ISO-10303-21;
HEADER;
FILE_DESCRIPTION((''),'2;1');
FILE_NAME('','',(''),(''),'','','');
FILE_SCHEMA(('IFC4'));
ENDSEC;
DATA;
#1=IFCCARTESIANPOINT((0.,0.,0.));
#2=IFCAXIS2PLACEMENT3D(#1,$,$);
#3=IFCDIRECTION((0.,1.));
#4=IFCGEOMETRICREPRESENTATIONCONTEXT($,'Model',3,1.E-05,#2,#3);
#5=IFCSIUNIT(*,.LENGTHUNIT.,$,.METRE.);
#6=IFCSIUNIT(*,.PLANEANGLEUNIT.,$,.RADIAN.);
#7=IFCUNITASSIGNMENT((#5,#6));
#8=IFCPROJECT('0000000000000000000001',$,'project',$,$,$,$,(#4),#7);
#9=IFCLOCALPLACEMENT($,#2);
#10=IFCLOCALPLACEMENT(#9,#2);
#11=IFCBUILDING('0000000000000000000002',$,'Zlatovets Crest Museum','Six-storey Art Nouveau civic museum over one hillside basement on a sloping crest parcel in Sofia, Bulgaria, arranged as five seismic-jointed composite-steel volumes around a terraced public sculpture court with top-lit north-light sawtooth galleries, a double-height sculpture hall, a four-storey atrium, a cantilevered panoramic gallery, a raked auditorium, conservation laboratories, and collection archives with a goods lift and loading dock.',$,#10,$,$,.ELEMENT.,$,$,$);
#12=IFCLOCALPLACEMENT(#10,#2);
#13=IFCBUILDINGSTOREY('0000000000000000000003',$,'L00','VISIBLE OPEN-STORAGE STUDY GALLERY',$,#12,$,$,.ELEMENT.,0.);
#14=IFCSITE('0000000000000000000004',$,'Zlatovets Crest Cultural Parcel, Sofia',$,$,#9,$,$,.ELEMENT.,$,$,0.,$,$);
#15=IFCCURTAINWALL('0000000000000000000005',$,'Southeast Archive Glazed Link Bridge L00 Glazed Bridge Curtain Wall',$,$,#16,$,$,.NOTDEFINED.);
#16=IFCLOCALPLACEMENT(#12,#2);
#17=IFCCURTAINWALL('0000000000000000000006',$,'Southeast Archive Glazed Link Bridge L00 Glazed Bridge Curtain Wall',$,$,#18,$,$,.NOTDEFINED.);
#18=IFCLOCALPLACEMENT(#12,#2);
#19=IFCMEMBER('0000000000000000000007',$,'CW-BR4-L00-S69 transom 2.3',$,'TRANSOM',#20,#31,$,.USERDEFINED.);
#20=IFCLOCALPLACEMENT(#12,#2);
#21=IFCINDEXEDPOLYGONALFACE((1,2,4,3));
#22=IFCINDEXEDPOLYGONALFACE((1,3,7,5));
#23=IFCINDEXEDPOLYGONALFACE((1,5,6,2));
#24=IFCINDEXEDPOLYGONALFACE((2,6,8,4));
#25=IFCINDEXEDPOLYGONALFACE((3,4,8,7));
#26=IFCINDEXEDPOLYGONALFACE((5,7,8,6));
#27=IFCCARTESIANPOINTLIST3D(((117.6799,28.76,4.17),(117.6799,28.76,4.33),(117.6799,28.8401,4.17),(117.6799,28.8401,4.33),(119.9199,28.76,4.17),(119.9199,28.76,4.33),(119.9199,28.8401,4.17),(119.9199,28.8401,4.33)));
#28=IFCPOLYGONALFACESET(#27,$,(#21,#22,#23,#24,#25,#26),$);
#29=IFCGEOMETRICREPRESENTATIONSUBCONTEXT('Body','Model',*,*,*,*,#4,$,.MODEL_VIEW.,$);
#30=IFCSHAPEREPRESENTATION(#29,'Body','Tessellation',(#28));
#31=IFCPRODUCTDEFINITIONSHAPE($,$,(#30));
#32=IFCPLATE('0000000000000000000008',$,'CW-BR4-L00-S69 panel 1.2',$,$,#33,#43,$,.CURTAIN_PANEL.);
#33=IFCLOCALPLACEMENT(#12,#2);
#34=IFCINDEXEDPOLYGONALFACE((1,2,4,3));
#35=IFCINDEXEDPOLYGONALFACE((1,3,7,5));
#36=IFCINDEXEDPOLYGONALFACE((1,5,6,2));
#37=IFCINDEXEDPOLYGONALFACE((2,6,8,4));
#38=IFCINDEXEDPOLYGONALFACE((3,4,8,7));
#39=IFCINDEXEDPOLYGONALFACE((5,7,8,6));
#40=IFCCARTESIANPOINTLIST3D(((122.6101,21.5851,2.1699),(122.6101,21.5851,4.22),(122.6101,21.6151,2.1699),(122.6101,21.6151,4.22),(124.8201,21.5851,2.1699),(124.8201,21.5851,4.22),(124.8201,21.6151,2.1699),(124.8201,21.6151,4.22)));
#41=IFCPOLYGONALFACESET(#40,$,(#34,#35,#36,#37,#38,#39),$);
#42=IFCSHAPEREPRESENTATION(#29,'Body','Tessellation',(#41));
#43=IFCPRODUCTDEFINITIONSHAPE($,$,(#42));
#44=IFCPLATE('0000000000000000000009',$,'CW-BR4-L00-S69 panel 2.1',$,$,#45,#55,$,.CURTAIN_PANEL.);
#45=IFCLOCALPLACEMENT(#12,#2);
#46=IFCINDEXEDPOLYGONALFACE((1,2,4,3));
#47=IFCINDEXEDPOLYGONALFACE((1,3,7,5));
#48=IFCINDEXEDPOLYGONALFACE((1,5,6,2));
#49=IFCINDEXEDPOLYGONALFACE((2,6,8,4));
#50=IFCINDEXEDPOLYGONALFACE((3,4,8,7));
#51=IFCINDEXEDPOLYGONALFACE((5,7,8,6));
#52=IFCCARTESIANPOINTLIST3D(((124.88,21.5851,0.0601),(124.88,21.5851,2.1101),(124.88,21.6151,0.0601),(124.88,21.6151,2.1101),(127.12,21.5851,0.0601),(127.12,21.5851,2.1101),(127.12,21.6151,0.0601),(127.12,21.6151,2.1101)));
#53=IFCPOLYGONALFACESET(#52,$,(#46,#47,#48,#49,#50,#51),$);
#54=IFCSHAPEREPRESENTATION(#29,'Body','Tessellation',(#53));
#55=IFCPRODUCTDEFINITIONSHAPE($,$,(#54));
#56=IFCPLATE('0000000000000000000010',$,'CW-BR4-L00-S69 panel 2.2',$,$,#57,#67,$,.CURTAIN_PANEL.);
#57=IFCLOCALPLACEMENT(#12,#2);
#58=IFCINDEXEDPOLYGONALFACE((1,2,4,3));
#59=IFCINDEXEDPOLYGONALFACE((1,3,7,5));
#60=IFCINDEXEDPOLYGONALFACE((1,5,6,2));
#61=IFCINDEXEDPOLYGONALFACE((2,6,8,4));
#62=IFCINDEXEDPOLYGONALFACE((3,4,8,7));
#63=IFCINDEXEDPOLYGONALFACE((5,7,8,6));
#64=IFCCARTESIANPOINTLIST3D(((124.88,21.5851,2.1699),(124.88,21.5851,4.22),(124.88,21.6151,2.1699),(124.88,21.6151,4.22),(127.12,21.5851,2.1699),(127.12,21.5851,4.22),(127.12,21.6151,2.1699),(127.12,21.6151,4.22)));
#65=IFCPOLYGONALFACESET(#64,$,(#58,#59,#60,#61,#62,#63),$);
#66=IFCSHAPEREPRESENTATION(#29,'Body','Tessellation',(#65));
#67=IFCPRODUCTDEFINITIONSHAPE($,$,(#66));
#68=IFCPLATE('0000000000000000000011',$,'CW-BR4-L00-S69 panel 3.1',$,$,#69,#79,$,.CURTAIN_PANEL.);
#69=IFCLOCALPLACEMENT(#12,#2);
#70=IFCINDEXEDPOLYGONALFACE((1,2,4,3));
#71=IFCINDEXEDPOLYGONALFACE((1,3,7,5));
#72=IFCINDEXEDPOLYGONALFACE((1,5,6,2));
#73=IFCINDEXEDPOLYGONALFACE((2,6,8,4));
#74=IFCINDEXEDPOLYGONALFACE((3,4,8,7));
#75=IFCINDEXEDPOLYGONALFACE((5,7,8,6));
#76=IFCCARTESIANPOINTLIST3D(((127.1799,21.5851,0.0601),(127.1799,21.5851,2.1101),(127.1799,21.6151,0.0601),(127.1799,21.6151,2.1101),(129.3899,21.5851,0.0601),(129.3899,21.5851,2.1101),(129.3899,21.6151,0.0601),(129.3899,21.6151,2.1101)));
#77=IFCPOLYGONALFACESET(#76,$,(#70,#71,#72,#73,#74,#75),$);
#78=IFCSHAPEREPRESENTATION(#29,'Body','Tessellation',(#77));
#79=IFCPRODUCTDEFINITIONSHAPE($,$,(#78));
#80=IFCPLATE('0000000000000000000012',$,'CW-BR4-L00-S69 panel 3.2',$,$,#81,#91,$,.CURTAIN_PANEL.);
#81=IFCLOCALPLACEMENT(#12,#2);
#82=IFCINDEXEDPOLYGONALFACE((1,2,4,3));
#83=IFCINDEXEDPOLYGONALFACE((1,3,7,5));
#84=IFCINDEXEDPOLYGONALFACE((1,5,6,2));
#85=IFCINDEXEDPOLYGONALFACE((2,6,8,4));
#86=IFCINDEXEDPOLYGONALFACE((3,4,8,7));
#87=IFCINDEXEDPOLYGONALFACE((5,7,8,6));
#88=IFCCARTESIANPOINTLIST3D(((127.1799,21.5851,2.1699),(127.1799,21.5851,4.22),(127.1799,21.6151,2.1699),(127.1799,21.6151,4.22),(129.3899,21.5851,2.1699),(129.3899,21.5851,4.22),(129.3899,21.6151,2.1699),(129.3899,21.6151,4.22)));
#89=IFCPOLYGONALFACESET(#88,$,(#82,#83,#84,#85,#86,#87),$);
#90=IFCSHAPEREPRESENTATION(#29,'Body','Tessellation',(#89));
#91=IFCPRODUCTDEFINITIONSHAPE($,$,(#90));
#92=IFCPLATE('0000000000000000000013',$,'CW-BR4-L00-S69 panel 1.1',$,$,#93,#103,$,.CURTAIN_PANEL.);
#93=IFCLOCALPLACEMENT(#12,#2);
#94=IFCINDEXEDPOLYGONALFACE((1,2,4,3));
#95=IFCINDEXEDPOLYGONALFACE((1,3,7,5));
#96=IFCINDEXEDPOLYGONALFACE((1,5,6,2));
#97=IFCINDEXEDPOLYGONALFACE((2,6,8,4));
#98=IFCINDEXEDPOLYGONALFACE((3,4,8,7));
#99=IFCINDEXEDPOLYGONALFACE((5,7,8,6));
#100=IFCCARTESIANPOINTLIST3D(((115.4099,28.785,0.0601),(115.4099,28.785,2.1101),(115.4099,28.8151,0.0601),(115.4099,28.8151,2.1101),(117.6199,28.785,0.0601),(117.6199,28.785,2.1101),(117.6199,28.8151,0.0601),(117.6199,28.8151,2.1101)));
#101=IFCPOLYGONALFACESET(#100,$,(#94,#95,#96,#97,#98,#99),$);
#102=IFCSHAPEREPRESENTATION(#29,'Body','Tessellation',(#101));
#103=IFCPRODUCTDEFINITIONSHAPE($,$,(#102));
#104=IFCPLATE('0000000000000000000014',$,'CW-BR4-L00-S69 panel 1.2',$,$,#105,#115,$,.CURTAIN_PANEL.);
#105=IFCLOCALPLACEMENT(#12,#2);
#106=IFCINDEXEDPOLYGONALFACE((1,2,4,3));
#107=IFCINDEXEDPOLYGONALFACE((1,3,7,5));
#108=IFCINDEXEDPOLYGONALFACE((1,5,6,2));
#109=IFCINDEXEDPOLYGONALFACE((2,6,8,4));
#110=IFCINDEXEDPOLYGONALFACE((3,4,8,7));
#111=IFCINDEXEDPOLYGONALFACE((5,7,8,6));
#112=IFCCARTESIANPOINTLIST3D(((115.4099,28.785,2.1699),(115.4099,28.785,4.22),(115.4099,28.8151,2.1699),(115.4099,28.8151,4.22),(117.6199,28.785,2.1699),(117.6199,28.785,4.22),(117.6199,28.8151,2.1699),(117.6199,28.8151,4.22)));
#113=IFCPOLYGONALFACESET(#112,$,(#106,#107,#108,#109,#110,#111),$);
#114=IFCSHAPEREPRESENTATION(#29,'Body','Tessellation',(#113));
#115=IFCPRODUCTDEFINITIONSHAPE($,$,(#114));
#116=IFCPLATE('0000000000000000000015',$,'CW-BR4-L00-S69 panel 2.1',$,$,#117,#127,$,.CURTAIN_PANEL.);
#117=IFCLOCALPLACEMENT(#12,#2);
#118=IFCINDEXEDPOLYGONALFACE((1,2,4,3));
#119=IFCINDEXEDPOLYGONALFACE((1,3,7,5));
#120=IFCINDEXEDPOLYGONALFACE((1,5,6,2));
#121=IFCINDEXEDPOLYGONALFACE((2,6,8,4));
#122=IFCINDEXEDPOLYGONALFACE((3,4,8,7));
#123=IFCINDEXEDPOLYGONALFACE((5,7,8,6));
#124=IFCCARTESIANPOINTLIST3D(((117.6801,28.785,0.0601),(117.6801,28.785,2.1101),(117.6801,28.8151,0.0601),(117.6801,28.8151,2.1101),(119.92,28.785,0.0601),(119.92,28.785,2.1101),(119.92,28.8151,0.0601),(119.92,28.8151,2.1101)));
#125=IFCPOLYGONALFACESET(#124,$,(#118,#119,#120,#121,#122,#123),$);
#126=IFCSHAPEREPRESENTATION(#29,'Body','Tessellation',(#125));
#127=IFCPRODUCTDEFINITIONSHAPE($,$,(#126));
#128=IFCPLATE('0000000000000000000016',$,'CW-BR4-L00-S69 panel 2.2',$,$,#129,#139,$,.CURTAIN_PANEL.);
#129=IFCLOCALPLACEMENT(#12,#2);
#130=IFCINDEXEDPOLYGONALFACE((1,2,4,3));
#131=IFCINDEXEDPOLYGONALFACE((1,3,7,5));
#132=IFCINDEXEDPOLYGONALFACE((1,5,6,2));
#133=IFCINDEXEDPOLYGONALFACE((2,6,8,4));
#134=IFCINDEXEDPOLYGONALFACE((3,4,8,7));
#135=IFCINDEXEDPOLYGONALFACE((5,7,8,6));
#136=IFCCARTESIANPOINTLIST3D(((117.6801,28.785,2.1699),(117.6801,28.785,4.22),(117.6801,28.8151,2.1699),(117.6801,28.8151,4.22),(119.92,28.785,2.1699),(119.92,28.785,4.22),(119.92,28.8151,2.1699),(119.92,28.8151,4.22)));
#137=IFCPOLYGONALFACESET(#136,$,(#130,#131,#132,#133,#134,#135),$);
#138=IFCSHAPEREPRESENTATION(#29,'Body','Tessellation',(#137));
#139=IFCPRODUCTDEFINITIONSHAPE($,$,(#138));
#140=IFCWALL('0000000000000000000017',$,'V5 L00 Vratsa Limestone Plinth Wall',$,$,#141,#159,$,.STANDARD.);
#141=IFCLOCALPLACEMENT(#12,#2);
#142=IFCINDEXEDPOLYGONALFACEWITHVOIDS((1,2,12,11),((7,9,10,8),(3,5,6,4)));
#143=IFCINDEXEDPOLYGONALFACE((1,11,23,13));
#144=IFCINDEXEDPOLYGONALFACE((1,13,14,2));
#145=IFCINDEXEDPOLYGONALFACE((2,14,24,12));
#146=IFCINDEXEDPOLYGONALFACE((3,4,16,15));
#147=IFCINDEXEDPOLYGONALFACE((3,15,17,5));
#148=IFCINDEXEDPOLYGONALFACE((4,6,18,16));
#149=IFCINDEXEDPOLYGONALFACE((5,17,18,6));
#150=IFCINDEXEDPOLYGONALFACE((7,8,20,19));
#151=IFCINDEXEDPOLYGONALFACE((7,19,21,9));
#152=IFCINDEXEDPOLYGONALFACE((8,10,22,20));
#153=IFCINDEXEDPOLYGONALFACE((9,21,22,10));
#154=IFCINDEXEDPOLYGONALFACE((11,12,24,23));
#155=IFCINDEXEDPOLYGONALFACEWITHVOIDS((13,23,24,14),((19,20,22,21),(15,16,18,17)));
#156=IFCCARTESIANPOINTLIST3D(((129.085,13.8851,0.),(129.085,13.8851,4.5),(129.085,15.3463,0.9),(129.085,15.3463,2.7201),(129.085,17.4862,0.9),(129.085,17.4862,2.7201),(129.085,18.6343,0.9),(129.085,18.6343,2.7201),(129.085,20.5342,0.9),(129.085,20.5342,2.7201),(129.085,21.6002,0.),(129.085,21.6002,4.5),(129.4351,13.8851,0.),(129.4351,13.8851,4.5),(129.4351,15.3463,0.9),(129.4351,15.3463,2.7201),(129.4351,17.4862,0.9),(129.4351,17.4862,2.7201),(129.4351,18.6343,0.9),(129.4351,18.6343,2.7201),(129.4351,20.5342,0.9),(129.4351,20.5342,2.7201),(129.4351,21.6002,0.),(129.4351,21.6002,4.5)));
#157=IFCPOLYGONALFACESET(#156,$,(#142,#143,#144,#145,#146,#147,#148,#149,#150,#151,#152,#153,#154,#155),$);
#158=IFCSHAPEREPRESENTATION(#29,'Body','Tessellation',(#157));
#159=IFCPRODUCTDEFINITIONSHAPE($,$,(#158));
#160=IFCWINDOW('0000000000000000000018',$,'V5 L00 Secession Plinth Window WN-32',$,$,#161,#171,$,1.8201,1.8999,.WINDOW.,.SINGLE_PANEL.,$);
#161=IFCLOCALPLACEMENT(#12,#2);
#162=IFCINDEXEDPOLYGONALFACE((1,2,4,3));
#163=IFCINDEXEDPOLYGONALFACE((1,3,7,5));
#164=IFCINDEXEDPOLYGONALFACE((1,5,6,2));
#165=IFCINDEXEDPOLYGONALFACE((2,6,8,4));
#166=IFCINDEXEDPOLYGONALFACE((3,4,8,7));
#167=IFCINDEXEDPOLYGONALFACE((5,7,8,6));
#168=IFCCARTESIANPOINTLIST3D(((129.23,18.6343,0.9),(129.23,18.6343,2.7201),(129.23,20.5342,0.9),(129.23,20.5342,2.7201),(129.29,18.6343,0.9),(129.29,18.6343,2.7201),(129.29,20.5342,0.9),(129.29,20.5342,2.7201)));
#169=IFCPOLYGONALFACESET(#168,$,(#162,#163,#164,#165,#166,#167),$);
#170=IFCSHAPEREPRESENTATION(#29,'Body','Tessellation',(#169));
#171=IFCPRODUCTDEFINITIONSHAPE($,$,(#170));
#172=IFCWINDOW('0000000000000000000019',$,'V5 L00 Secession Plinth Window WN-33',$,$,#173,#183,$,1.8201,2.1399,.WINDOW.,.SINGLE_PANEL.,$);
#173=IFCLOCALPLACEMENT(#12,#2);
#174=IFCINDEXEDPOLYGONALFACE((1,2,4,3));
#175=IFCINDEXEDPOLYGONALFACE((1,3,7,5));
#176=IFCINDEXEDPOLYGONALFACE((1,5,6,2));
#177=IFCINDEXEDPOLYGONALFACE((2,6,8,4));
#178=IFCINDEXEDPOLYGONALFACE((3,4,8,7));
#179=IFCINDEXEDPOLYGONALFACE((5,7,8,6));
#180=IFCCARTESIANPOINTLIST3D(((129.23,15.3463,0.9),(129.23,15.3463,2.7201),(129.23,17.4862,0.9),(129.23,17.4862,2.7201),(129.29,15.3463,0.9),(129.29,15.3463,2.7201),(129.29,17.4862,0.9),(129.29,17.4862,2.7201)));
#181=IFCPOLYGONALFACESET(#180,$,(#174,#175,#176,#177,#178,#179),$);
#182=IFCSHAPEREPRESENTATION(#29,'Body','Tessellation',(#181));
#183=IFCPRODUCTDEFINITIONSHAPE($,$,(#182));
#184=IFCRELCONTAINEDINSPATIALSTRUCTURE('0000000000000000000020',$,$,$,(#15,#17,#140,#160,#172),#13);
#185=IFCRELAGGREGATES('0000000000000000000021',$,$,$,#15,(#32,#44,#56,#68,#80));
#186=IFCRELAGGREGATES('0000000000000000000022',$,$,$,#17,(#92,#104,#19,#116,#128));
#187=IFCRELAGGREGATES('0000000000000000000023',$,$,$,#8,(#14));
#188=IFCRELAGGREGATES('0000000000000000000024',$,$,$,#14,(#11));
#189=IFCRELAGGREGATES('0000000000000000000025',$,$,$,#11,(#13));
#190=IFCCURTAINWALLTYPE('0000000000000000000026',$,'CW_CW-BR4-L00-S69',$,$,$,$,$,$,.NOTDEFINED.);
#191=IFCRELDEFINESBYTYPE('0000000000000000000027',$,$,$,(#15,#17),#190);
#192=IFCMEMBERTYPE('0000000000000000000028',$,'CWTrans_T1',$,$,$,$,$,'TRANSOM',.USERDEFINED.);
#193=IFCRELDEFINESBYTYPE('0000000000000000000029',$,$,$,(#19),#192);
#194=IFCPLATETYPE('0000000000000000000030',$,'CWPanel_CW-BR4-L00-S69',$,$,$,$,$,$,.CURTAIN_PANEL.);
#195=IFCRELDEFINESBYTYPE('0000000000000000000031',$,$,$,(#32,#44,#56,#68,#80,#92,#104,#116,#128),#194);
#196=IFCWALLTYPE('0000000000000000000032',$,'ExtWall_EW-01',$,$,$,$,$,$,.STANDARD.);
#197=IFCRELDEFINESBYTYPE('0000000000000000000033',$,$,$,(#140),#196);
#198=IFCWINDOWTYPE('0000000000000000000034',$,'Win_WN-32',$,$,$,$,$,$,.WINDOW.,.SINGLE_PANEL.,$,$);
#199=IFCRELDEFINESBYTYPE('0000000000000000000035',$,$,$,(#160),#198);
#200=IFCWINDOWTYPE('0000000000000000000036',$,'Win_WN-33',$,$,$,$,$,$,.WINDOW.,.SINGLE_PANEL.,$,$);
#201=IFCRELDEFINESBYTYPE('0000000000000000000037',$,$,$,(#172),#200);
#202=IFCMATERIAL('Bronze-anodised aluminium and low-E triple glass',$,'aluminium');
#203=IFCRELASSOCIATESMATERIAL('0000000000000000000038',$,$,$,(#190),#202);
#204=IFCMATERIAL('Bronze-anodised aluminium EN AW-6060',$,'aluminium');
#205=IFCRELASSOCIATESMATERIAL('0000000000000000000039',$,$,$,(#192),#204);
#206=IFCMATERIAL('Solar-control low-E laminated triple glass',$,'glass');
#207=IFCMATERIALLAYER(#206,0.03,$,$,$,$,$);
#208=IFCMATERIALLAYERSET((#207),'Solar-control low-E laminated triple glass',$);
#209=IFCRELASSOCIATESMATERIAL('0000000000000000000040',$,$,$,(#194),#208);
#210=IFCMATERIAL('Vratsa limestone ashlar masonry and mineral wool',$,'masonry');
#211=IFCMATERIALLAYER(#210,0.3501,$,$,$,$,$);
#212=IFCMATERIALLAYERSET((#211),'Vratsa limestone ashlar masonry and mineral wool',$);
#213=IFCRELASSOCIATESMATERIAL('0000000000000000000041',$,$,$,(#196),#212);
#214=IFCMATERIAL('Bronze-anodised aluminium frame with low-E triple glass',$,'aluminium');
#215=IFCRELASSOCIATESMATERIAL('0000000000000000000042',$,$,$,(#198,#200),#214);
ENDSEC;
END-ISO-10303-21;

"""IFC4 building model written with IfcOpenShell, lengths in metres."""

from ifc_helpers import new_model, si_unit, direction, frame, frame_2d, origin, origin_2d, place, context, subcontext, project, spatial, rectangle, extrude, material, layer, layer_set, material_profile, profile_set, type_object, element, fill, aggregate, save


model = new_model("IFC4")

# Units and contexts
model_context = context("Model", 3, precision=1e-05, world=origin(), true_north=direction((0.0, 1.0)))
body_context = subcontext(model_context, "Body", "Model", "MODEL_VIEW")
ifc_project = project(units=[si_unit("LENGTHUNIT", "METRE"), si_unit("PLANEANGLEUNIT", "RADIAN")], contexts=[model_context])

# Site, building, storey
site_placement = place(None, origin())
site = spatial("IfcSite", under=ifc_project, at=site_placement, Name="Zlatovets Crest Cultural Parcel, Sofia", CompositionType="ELEMENT", RefElevation=0.0)
building_placement = place(site_placement, origin())
building = spatial("IfcBuilding", under=site, at=building_placement, Name="Zlatovets Crest Museum", Description="Six-storey Art Nouveau civic museum over one hillside basement on a sloping crest parcel in Sofia, Bulgaria, arranged as five seismic-jointed composite-steel volumes around a terraced public sculpture court with top-lit north-light sawtooth galleries, a double-height sculpture hall, a four-storey atrium, a cantilevered panoramic gallery, a raked auditorium, conservation laboratories, and collection archives with a goods lift and loading dock.", CompositionType="ELEMENT")
storey_placement = place(building_placement, origin())
storey = spatial("IfcBuildingStorey", under=building, at=storey_placement, Name="L00", Description="VISIBLE OPEN-STORAGE STUDY GALLERY", CompositionType="ELEMENT", Elevation=0.0)

# Curtain walls
ifc_material_1 = material(Name="Bronze-anodised aluminium and low-E triple glass", Category="aluminium")
curtain_wall_type = type_object("IfcCurtainWallType", Name="CW_CW-BR4-L00-S69", PredefinedType="NOTDEFINED", material=ifc_material_1)
curtain_wall_1_placement = place(storey_placement, origin())
curtain_wall_1 = element("IfcCurtainWall", 1, at=curtain_wall_1_placement, inside=storey, type_object=curtain_wall_type, Name="Southeast Archive Glazed Link Bridge L00 Glazed Bridge Curtain Wall", PredefinedType="NOTDEFINED")
ifc_material_2 = material(Name="Bronze-anodised aluminium EN AW-6060", Category="aluminium")
curtain_wall_2_placement = place(storey_placement, origin())
curtain_wall_2 = element("IfcCurtainWall", 2, at=curtain_wall_2_placement, inside=storey, type_object=curtain_wall_type, Name="Southeast Archive Glazed Link Bridge L00 Glazed Bridge Curtain Wall", PredefinedType="NOTDEFINED")

# Member
ifc_material_profile_1 = material_profile(ifc_material_2, rectangle(XDim=0.0801, YDim=0.1599, at=origin_2d()), Name="ALU 80x160")
ifc_profile_set_1 = profile_set([ifc_material_profile_1], Name="Bronze-anodised aluminium EN AW-6060")
member_type_1 = type_object("IfcMemberType", Name="CWTrans_T1", ElementType="TRANSOM", PredefinedType="USERDEFINED", material=ifc_profile_set_1)
member_1_placement = place(storey_placement, frame((117.6799, 28.8, 4.25), z_axis=(1.0, 0.0, 0.0), x_axis=(0.0, 1.0, 0.0)))
member_1 = element("IfcMember", 3, at=member_1_placement, type_object=member_type_1, Name="CW-BR4-L00-S69 transom 2.3", ObjectType="TRANSOM", PredefinedType="USERDEFINED", context=body_context, shape_type="SweptSolid", body=[
    extrude(rectangle(XDim=0.0801, YDim=0.1599, at=origin_2d()), origin(), (0.0, 0.0, 1.0), 2.24),
])

# Plates
ifc_material_3 = material(Name="Solar-control low-E laminated triple glass", Category="glass")
ifc_layer_1 = layer(ifc_material_3, 0.03)
ifc_layer_set_1 = layer_set([ifc_layer_1], Name="Solar-control low-E laminated triple glass")
plate_type = type_object("IfcPlateType", Name="CWPanel_CW-BR4-L00-S69", PredefinedType="CURTAIN_PANEL", material=ifc_layer_set_1)
plate_1_placement = place(storey_placement, frame((123.7151, 21.6001, 2.1699), z_axis=(0.0, 0.0, 1.0), x_axis=(1.0, 0.0, 0.0)))
plate_1 = element("IfcPlate", 4, at=plate_1_placement, type_object=plate_type, Name="CW-BR4-L00-S69 panel 1.2", PredefinedType="CURTAIN_PANEL", context=body_context, shape_type="SweptSolid", body=[
    extrude(rectangle(XDim=2.21, YDim=0.03, at=origin_2d()), origin(), (0.0, 0.0, 1.0), 2.05),
])
plate_2_placement = place(storey_placement, frame((126.0, 21.6001, 0.0601), z_axis=(0.0, 0.0, 1.0), x_axis=(1.0, 0.0, 0.0)))
plate_2 = element("IfcPlate", 5, at=plate_2_placement, type_object=plate_type, Name="CW-BR4-L00-S69 panel 2.1", PredefinedType="CURTAIN_PANEL", context=body_context, shape_type="SweptSolid", body=[
    extrude(rectangle(XDim=2.24, YDim=0.03, at=origin_2d()), origin(), (0.0, 0.0, 1.0), 2.05),
])
plate_3_placement = place(storey_placement, frame((126.0, 21.6001, 2.1699), z_axis=(0.0, 0.0, 1.0), x_axis=(1.0, 0.0, 0.0)))
plate_3 = element("IfcPlate", 6, at=plate_3_placement, type_object=plate_type, Name="CW-BR4-L00-S69 panel 2.2", PredefinedType="CURTAIN_PANEL", context=body_context, shape_type="SweptSolid", body=[
    extrude(rectangle(XDim=2.24, YDim=0.03, at=origin_2d()), origin(), (0.0, 0.0, 1.0), 2.05),
])
plate_4_placement = place(storey_placement, frame((128.2849, 21.6001, 0.0601), z_axis=(0.0, 0.0, 1.0), x_axis=(1.0, 0.0, 0.0)))
plate_4 = element("IfcPlate", 7, at=plate_4_placement, type_object=plate_type, Name="CW-BR4-L00-S69 panel 3.1", PredefinedType="CURTAIN_PANEL", context=body_context, shape_type="SweptSolid", body=[
    extrude(rectangle(XDim=2.21, YDim=0.03, at=origin_2d()), origin(), (0.0, 0.0, 1.0), 2.05),
])
plate_5_placement = place(storey_placement, frame((128.2849, 21.6001, 2.1699), z_axis=(0.0, 0.0, 1.0), x_axis=(1.0, 0.0, 0.0)))
plate_5 = element("IfcPlate", 8, at=plate_5_placement, type_object=plate_type, Name="CW-BR4-L00-S69 panel 3.2", PredefinedType="CURTAIN_PANEL", context=body_context, shape_type="SweptSolid", body=[
    extrude(rectangle(XDim=2.21, YDim=0.03, at=origin_2d()), origin(), (0.0, 0.0, 1.0), 2.05),
])
aggregate(curtain_wall_1, [plate_1, plate_2, plate_3, plate_4, plate_5])
plate_6_placement = place(storey_placement, frame((116.5149, 28.8, 0.0601), z_axis=(0.0, 0.0, 1.0), x_axis=(1.0, 0.0, 0.0)))
plate_6 = element("IfcPlate", 9, at=plate_6_placement, type_object=plate_type, Name="CW-BR4-L00-S69 panel 1.1", PredefinedType="CURTAIN_PANEL", context=body_context, shape_type="SweptSolid", body=[
    extrude(rectangle(XDim=2.21, YDim=0.03, at=origin_2d()), origin(), (0.0, 0.0, 1.0), 2.05),
])
plate_7_placement = place(storey_placement, frame((116.5149, 28.8, 2.1699), z_axis=(0.0, 0.0, 1.0), x_axis=(1.0, 0.0, 0.0)))
plate_7 = element("IfcPlate", 10, at=plate_7_placement, type_object=plate_type, Name="CW-BR4-L00-S69 panel 1.2", PredefinedType="CURTAIN_PANEL", context=body_context, shape_type="SweptSolid", body=[
    extrude(rectangle(XDim=2.21, YDim=0.03, at=origin_2d()), origin(), (0.0, 0.0, 1.0), 2.05),
])
plate_8_placement = place(storey_placement, frame((118.8, 28.8, 0.0601), z_axis=(0.0, 0.0, 1.0), x_axis=(1.0, 0.0, 0.0)))
plate_8 = element("IfcPlate", 11, at=plate_8_placement, type_object=plate_type, Name="CW-BR4-L00-S69 panel 2.1", PredefinedType="CURTAIN_PANEL", context=body_context, shape_type="SweptSolid", body=[
    extrude(rectangle(XDim=2.24, YDim=0.03, at=origin_2d()), origin(), (0.0, 0.0, 1.0), 2.05),
])
plate_9_placement = place(storey_placement, frame((118.8, 28.8, 2.1699), z_axis=(0.0, 0.0, 1.0), x_axis=(1.0, 0.0, 0.0)))
plate_9 = element("IfcPlate", 12, at=plate_9_placement, type_object=plate_type, Name="CW-BR4-L00-S69 panel 2.2", PredefinedType="CURTAIN_PANEL", context=body_context, shape_type="SweptSolid", body=[
    extrude(rectangle(XDim=2.24, YDim=0.03, at=origin_2d()), origin(), (0.0, 0.0, 1.0), 2.05),
])
aggregate(curtain_wall_2, [plate_6, plate_7, member_1, plate_8, plate_9])

# Wall, openings, windows
ifc_material_4 = material(Name="Vratsa limestone ashlar masonry and mineral wool", Category="masonry")
ifc_layer_2 = layer(ifc_material_4, 0.3501)
ifc_layer_set_2 = layer_set([ifc_layer_2], Name="Vratsa limestone ashlar masonry and mineral wool")
wall_type = type_object("IfcWallType", Name="ExtWall_EW-01", PredefinedType="STANDARD", material=ifc_layer_set_2)
wall_placement = place(storey_placement, frame((129.26, 21.6001, 0.0), z_axis=(0.0, 0.0, 1.0), x_axis=(0.0, -1.0, 0.0)))
wall = element("IfcWall", 13, at=wall_placement, inside=storey, type_object=wall_type, Name="V5 L00 Vratsa Limestone Plinth Wall", PredefinedType="STANDARD", context=body_context, shape_type="SweptSolid", body=[
    extrude(rectangle(XDim=7.7151, YDim=0.3501, at=frame_2d((3.8574, 0.0))), origin(), (0.0, 0.0, 1.0), 4.5),
])
opening_1_placement = place(wall_placement, frame((1.0659, 0.0, 0.8999)))
opening_1 = element("IfcOpeningElement", 14, at=opening_1_placement, cuts=wall, PredefinedType="OPENING", context=body_context, shape_type="SweptSolid", body=[
    extrude(rectangle(XDim=1.8999, YDim=1.8201, at=frame_2d((0.95, 0.9102))), frame((0.0, 0.1851, 0.0), z_axis=(0.0, -1.0, 0.0), x_axis=(1.0, 0.0, 0.0)), (0.0, 0.0, 1.0), 0.3701),
])
opening_2_placement = place(wall_placement, frame((4.114, 0.0, 0.8999)))
opening_2 = element("IfcOpeningElement", 15, at=opening_2_placement, cuts=wall, PredefinedType="OPENING", context=body_context, shape_type="SweptSolid", body=[
    extrude(rectangle(XDim=2.1399, YDim=1.8201, at=frame_2d((1.0698, 0.9102))), frame((0.0, 0.1851, 0.0), z_axis=(0.0, -1.0, 0.0), x_axis=(1.0, 0.0, 0.0)), (0.0, 0.0, 1.0), 0.3701),
])
ifc_material_5 = material(Name="Bronze-anodised aluminium frame with low-E triple glass", Category="aluminium")
window_type_1 = type_object("IfcWindowType", Name="Win_WN-32", PartitioningType="SINGLE_PANEL", PredefinedType="WINDOW", material=ifc_material_5)
window_1_placement = place(opening_1_placement, origin())
window_1 = element("IfcWindow", 16, at=window_1_placement, inside=storey, type_object=window_type_1, Name="V5 L00 Secession Plinth Window WN-32", OverallHeight=1.8201, OverallWidth=1.8999, PartitioningType="SINGLE_PANEL", PredefinedType="WINDOW", context=body_context, shape_type="SweptSolid", body=[
    extrude(rectangle(XDim=1.8999, YDim=1.8201, at=frame_2d((0.95, 0.9102))), frame((0.0, 0.03, 0.0), z_axis=(0.0, -1.0, 0.0), x_axis=(1.0, 0.0, 0.0)), (0.0, 0.0, 1.0), 0.0601),
])
fill(opening_1, window_1)
window_type_2 = type_object("IfcWindowType", Name="Win_WN-33", PartitioningType="SINGLE_PANEL", PredefinedType="WINDOW", material=ifc_material_5)
window_2_placement = place(opening_2_placement, origin())
window_2 = element("IfcWindow", 17, at=window_2_placement, inside=storey, type_object=window_type_2, Name="V5 L00 Secession Plinth Window WN-33", OverallHeight=1.8201, OverallWidth=2.1399, PartitioningType="SINGLE_PANEL", PredefinedType="WINDOW", context=body_context, shape_type="SweptSolid", body=[
    extrude(rectangle(XDim=2.1399, YDim=1.8201, at=frame_2d((1.0698, 0.9102))), frame((0.0, 0.03, 0.0), z_axis=(0.0, -1.0, 0.0), x_axis=(1.0, 0.0, 0.0)), (0.0, 0.0, 1.0), 0.0601),
])
fill(opening_2, window_2)

save(model, "model.ifc")
